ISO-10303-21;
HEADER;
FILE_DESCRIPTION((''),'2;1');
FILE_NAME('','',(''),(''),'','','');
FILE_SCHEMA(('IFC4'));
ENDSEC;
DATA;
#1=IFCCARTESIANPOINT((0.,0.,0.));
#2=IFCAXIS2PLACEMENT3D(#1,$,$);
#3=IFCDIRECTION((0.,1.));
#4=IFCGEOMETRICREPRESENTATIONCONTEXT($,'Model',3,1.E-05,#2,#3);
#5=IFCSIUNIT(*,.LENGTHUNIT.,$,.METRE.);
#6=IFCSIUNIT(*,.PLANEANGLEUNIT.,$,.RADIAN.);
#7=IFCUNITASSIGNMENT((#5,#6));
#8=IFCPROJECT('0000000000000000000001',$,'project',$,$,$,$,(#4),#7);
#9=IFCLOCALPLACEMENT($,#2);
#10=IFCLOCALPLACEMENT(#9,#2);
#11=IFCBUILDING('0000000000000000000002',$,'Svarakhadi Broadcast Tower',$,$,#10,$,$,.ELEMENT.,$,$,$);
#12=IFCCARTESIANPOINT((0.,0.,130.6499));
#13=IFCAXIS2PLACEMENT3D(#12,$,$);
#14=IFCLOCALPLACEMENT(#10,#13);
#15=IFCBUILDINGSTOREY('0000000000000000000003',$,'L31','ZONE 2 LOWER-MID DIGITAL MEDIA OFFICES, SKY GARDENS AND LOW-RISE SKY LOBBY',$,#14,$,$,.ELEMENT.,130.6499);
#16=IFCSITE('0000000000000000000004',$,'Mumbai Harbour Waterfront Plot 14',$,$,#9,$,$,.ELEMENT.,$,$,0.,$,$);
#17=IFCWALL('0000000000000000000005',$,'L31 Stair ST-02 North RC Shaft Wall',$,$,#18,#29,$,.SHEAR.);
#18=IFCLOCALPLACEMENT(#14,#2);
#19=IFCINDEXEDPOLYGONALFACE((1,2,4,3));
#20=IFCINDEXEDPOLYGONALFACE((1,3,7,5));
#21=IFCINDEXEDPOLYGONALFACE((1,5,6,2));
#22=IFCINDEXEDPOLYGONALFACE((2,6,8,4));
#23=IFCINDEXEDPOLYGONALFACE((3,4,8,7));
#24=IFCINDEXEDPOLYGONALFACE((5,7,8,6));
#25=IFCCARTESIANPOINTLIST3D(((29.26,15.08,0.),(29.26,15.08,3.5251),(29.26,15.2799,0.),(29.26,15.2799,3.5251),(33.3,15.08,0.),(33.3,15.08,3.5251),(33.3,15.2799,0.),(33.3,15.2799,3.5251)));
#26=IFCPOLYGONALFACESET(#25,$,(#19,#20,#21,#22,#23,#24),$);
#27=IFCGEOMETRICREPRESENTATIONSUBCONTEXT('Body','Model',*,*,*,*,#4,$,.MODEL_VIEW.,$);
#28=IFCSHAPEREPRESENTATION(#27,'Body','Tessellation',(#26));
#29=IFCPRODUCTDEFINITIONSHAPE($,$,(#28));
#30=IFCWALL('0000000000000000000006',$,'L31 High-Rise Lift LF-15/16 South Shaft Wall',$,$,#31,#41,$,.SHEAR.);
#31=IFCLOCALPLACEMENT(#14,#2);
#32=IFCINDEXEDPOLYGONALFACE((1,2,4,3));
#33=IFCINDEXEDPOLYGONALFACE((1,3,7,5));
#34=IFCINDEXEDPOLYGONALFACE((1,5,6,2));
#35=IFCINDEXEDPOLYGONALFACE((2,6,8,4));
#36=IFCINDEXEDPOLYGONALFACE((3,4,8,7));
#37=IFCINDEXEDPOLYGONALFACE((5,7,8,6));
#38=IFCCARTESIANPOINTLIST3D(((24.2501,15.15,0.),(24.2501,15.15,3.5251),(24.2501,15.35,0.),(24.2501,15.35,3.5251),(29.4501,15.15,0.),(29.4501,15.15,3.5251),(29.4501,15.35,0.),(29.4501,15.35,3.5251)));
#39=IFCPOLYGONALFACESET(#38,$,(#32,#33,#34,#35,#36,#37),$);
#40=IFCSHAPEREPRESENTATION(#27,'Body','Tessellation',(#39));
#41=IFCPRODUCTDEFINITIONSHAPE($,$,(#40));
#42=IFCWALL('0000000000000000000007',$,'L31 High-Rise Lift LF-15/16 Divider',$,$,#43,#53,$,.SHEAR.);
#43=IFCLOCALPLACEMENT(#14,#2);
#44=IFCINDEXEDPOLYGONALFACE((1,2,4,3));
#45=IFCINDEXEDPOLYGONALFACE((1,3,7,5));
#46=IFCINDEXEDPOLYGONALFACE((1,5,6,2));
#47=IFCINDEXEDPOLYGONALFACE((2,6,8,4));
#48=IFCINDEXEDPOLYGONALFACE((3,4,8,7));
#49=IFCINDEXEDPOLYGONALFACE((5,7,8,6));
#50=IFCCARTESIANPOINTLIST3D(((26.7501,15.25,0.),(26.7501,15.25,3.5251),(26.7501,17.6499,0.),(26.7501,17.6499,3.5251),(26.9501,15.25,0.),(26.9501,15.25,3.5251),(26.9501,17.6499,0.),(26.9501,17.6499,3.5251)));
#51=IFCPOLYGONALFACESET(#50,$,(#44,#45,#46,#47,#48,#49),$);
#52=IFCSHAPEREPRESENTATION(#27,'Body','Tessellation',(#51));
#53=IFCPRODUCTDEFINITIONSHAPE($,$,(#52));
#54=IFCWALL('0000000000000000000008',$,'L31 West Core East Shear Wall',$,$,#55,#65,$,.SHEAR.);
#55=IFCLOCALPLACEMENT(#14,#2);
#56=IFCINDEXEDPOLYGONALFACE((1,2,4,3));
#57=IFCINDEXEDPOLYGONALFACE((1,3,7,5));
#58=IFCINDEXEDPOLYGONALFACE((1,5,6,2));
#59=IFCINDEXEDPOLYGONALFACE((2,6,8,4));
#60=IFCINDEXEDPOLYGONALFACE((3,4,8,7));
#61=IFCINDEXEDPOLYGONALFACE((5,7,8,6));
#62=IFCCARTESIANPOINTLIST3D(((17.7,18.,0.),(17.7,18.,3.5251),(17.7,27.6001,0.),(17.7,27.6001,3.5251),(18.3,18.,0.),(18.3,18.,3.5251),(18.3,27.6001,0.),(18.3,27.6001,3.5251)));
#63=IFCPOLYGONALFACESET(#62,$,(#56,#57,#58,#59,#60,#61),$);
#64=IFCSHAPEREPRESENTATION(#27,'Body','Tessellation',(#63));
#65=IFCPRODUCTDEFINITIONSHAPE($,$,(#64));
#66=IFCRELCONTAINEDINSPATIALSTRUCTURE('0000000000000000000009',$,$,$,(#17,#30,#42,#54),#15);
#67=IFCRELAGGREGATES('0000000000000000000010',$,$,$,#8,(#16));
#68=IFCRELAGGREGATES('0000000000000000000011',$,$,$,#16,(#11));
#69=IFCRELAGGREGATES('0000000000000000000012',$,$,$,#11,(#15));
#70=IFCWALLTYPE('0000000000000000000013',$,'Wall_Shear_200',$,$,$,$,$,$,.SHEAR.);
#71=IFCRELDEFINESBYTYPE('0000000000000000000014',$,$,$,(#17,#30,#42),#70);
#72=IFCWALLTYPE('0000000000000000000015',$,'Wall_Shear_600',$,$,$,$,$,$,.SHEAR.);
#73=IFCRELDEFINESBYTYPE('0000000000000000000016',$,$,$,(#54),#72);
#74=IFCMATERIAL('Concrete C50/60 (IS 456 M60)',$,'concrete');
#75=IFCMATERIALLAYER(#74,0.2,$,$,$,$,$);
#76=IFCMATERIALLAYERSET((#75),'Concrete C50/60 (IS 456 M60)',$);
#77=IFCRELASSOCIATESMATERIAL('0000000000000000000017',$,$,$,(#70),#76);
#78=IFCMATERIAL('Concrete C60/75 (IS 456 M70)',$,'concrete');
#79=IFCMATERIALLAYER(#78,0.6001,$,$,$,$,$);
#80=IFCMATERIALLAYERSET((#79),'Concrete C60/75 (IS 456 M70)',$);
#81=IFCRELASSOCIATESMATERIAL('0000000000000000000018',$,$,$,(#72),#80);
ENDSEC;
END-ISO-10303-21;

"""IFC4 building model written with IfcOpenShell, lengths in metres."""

from ifc_helpers import new_model, si_unit, direction, frame, frame_2d, origin, place, context, subcontext, project, spatial, rectangle, extrude, material, layer, layer_set, type_object, element, save


model = new_model("IFC4")

# Units and contexts
model_context = context("Model", 3, precision=1e-05, world=origin(), true_north=direction((0.0, 1.0)))
body_context = subcontext(model_context, "Body", "Model", "MODEL_VIEW")
ifc_project = project(units=[si_unit("LENGTHUNIT", "METRE"), si_unit("PLANEANGLEUNIT", "RADIAN")], contexts=[model_context])

# Site, building, storey
site_placement = place(None, origin())
site = spatial("IfcSite", under=ifc_project, at=site_placement, Name="Mumbai Harbour Waterfront Plot 14", CompositionType="ELEMENT", RefElevation=0.0)
building_placement = place(site_placement, origin())
building = spatial("IfcBuilding", under=site, at=building_placement, Name="Svarakhadi Broadcast Tower", CompositionType="ELEMENT")
storey_placement = place(building_placement, frame((0.0, 0.0, 130.6499)))
storey = spatial("IfcBuildingStorey", under=building, at=storey_placement, Name="L31", Description="ZONE 2 LOWER-MID DIGITAL MEDIA OFFICES, SKY GARDENS AND LOW-RISE SKY LOBBY", CompositionType="ELEMENT", Elevation=130.6499)

# Shared definitions
ifc_material_1 = material(Name="Concrete C50/60 (IS 456 M60)", Category="concrete")

# Wall
ifc_layer_1 = layer(ifc_material_1, 0.2)
ifc_layer_set_1 = layer_set([ifc_layer_1], Name="Concrete C50/60 (IS 456 M60)")
wall_type_1 = type_object("IfcWallType", Name="Wall_Shear_200", PredefinedType="SHEAR", material=ifc_layer_set_1)
wall_1_placement = place(storey_placement, frame((29.26, 15.1799, 0.0), z_axis=(0.0, 0.0, 1.0), x_axis=(1.0, 0.0, 0.0)))
element("IfcWall", 1, at=wall_1_placement, inside=storey, type_object=wall_type_1, Name="L31 Stair ST-02 North RC Shaft Wall", PredefinedType="SHEAR", context=body_context, shape_type="SweptSolid", body=[
    extrude(rectangle(XDim=4.04, YDim=0.2, at=frame_2d((2.02, 0.0))), origin(), (0.0, 0.0, 1.0), 3.5251),
])

# Walls
wall_2_placement = place(storey_placement, frame((24.25, 15.25, 0.0), z_axis=(0.0, 0.0, 1.0), x_axis=(1.0, 0.0, 0.0)))
element("IfcWall", 2, at=wall_2_placement, inside=storey, type_object=wall_type_1, Name="L31 High-Rise Lift LF-15/16 South Shaft Wall", PredefinedType="SHEAR", context=body_context, shape_type="SweptSolid", body=[
    extrude(rectangle(XDim=5.2, YDim=0.2, at=frame_2d((2.6001, 0.0))), origin(), (0.0, 0.0, 1.0), 3.5251),
])
wall_3_placement = place(storey_placement, frame((26.8501, 15.25, 0.0), z_axis=(0.0, 0.0, 1.0), x_axis=(0.0, 1.0, 0.0)))
element("IfcWall", 3, at=wall_3_placement, inside=storey, type_object=wall_type_1, Name="L31 High-Rise Lift LF-15/16 Divider", PredefinedType="SHEAR", context=body_context, shape_type="SweptSolid", body=[
    extrude(rectangle(XDim=2.3999, YDim=0.2, at=frame_2d((1.2, 0.0))), origin(), (0.0, 0.0, 1.0), 3.5251),
])
ifc_material_2 = material(Name="Concrete C60/75 (IS 456 M70)", Category="concrete")
ifc_layer_2 = layer(ifc_material_2, 0.6001)
ifc_layer_set_2 = layer_set([ifc_layer_2], Name="Concrete C60/75 (IS 456 M70)")
wall_type_2 = type_object("IfcWallType", Name="Wall_Shear_600", PredefinedType="SHEAR", material=ifc_layer_set_2)
wall_4_placement = place(storey_placement, frame((18.0, 18.0, 0.0), z_axis=(0.0, 0.0, 1.0), x_axis=(0.0, 1.0, 0.0)))
element("IfcWall", 4, at=wall_4_placement, inside=storey, type_object=wall_type_2, Name="L31 West Core East Shear Wall", PredefinedType="SHEAR", context=body_context, shape_type="SweptSolid", body=[
    extrude(rectangle(XDim=9.6001, YDim=0.6001, at=frame_2d((4.8, 0.0))), origin(), (0.0, 0.0, 1.0), 3.5251),
])

save(model, "model.ifc")
